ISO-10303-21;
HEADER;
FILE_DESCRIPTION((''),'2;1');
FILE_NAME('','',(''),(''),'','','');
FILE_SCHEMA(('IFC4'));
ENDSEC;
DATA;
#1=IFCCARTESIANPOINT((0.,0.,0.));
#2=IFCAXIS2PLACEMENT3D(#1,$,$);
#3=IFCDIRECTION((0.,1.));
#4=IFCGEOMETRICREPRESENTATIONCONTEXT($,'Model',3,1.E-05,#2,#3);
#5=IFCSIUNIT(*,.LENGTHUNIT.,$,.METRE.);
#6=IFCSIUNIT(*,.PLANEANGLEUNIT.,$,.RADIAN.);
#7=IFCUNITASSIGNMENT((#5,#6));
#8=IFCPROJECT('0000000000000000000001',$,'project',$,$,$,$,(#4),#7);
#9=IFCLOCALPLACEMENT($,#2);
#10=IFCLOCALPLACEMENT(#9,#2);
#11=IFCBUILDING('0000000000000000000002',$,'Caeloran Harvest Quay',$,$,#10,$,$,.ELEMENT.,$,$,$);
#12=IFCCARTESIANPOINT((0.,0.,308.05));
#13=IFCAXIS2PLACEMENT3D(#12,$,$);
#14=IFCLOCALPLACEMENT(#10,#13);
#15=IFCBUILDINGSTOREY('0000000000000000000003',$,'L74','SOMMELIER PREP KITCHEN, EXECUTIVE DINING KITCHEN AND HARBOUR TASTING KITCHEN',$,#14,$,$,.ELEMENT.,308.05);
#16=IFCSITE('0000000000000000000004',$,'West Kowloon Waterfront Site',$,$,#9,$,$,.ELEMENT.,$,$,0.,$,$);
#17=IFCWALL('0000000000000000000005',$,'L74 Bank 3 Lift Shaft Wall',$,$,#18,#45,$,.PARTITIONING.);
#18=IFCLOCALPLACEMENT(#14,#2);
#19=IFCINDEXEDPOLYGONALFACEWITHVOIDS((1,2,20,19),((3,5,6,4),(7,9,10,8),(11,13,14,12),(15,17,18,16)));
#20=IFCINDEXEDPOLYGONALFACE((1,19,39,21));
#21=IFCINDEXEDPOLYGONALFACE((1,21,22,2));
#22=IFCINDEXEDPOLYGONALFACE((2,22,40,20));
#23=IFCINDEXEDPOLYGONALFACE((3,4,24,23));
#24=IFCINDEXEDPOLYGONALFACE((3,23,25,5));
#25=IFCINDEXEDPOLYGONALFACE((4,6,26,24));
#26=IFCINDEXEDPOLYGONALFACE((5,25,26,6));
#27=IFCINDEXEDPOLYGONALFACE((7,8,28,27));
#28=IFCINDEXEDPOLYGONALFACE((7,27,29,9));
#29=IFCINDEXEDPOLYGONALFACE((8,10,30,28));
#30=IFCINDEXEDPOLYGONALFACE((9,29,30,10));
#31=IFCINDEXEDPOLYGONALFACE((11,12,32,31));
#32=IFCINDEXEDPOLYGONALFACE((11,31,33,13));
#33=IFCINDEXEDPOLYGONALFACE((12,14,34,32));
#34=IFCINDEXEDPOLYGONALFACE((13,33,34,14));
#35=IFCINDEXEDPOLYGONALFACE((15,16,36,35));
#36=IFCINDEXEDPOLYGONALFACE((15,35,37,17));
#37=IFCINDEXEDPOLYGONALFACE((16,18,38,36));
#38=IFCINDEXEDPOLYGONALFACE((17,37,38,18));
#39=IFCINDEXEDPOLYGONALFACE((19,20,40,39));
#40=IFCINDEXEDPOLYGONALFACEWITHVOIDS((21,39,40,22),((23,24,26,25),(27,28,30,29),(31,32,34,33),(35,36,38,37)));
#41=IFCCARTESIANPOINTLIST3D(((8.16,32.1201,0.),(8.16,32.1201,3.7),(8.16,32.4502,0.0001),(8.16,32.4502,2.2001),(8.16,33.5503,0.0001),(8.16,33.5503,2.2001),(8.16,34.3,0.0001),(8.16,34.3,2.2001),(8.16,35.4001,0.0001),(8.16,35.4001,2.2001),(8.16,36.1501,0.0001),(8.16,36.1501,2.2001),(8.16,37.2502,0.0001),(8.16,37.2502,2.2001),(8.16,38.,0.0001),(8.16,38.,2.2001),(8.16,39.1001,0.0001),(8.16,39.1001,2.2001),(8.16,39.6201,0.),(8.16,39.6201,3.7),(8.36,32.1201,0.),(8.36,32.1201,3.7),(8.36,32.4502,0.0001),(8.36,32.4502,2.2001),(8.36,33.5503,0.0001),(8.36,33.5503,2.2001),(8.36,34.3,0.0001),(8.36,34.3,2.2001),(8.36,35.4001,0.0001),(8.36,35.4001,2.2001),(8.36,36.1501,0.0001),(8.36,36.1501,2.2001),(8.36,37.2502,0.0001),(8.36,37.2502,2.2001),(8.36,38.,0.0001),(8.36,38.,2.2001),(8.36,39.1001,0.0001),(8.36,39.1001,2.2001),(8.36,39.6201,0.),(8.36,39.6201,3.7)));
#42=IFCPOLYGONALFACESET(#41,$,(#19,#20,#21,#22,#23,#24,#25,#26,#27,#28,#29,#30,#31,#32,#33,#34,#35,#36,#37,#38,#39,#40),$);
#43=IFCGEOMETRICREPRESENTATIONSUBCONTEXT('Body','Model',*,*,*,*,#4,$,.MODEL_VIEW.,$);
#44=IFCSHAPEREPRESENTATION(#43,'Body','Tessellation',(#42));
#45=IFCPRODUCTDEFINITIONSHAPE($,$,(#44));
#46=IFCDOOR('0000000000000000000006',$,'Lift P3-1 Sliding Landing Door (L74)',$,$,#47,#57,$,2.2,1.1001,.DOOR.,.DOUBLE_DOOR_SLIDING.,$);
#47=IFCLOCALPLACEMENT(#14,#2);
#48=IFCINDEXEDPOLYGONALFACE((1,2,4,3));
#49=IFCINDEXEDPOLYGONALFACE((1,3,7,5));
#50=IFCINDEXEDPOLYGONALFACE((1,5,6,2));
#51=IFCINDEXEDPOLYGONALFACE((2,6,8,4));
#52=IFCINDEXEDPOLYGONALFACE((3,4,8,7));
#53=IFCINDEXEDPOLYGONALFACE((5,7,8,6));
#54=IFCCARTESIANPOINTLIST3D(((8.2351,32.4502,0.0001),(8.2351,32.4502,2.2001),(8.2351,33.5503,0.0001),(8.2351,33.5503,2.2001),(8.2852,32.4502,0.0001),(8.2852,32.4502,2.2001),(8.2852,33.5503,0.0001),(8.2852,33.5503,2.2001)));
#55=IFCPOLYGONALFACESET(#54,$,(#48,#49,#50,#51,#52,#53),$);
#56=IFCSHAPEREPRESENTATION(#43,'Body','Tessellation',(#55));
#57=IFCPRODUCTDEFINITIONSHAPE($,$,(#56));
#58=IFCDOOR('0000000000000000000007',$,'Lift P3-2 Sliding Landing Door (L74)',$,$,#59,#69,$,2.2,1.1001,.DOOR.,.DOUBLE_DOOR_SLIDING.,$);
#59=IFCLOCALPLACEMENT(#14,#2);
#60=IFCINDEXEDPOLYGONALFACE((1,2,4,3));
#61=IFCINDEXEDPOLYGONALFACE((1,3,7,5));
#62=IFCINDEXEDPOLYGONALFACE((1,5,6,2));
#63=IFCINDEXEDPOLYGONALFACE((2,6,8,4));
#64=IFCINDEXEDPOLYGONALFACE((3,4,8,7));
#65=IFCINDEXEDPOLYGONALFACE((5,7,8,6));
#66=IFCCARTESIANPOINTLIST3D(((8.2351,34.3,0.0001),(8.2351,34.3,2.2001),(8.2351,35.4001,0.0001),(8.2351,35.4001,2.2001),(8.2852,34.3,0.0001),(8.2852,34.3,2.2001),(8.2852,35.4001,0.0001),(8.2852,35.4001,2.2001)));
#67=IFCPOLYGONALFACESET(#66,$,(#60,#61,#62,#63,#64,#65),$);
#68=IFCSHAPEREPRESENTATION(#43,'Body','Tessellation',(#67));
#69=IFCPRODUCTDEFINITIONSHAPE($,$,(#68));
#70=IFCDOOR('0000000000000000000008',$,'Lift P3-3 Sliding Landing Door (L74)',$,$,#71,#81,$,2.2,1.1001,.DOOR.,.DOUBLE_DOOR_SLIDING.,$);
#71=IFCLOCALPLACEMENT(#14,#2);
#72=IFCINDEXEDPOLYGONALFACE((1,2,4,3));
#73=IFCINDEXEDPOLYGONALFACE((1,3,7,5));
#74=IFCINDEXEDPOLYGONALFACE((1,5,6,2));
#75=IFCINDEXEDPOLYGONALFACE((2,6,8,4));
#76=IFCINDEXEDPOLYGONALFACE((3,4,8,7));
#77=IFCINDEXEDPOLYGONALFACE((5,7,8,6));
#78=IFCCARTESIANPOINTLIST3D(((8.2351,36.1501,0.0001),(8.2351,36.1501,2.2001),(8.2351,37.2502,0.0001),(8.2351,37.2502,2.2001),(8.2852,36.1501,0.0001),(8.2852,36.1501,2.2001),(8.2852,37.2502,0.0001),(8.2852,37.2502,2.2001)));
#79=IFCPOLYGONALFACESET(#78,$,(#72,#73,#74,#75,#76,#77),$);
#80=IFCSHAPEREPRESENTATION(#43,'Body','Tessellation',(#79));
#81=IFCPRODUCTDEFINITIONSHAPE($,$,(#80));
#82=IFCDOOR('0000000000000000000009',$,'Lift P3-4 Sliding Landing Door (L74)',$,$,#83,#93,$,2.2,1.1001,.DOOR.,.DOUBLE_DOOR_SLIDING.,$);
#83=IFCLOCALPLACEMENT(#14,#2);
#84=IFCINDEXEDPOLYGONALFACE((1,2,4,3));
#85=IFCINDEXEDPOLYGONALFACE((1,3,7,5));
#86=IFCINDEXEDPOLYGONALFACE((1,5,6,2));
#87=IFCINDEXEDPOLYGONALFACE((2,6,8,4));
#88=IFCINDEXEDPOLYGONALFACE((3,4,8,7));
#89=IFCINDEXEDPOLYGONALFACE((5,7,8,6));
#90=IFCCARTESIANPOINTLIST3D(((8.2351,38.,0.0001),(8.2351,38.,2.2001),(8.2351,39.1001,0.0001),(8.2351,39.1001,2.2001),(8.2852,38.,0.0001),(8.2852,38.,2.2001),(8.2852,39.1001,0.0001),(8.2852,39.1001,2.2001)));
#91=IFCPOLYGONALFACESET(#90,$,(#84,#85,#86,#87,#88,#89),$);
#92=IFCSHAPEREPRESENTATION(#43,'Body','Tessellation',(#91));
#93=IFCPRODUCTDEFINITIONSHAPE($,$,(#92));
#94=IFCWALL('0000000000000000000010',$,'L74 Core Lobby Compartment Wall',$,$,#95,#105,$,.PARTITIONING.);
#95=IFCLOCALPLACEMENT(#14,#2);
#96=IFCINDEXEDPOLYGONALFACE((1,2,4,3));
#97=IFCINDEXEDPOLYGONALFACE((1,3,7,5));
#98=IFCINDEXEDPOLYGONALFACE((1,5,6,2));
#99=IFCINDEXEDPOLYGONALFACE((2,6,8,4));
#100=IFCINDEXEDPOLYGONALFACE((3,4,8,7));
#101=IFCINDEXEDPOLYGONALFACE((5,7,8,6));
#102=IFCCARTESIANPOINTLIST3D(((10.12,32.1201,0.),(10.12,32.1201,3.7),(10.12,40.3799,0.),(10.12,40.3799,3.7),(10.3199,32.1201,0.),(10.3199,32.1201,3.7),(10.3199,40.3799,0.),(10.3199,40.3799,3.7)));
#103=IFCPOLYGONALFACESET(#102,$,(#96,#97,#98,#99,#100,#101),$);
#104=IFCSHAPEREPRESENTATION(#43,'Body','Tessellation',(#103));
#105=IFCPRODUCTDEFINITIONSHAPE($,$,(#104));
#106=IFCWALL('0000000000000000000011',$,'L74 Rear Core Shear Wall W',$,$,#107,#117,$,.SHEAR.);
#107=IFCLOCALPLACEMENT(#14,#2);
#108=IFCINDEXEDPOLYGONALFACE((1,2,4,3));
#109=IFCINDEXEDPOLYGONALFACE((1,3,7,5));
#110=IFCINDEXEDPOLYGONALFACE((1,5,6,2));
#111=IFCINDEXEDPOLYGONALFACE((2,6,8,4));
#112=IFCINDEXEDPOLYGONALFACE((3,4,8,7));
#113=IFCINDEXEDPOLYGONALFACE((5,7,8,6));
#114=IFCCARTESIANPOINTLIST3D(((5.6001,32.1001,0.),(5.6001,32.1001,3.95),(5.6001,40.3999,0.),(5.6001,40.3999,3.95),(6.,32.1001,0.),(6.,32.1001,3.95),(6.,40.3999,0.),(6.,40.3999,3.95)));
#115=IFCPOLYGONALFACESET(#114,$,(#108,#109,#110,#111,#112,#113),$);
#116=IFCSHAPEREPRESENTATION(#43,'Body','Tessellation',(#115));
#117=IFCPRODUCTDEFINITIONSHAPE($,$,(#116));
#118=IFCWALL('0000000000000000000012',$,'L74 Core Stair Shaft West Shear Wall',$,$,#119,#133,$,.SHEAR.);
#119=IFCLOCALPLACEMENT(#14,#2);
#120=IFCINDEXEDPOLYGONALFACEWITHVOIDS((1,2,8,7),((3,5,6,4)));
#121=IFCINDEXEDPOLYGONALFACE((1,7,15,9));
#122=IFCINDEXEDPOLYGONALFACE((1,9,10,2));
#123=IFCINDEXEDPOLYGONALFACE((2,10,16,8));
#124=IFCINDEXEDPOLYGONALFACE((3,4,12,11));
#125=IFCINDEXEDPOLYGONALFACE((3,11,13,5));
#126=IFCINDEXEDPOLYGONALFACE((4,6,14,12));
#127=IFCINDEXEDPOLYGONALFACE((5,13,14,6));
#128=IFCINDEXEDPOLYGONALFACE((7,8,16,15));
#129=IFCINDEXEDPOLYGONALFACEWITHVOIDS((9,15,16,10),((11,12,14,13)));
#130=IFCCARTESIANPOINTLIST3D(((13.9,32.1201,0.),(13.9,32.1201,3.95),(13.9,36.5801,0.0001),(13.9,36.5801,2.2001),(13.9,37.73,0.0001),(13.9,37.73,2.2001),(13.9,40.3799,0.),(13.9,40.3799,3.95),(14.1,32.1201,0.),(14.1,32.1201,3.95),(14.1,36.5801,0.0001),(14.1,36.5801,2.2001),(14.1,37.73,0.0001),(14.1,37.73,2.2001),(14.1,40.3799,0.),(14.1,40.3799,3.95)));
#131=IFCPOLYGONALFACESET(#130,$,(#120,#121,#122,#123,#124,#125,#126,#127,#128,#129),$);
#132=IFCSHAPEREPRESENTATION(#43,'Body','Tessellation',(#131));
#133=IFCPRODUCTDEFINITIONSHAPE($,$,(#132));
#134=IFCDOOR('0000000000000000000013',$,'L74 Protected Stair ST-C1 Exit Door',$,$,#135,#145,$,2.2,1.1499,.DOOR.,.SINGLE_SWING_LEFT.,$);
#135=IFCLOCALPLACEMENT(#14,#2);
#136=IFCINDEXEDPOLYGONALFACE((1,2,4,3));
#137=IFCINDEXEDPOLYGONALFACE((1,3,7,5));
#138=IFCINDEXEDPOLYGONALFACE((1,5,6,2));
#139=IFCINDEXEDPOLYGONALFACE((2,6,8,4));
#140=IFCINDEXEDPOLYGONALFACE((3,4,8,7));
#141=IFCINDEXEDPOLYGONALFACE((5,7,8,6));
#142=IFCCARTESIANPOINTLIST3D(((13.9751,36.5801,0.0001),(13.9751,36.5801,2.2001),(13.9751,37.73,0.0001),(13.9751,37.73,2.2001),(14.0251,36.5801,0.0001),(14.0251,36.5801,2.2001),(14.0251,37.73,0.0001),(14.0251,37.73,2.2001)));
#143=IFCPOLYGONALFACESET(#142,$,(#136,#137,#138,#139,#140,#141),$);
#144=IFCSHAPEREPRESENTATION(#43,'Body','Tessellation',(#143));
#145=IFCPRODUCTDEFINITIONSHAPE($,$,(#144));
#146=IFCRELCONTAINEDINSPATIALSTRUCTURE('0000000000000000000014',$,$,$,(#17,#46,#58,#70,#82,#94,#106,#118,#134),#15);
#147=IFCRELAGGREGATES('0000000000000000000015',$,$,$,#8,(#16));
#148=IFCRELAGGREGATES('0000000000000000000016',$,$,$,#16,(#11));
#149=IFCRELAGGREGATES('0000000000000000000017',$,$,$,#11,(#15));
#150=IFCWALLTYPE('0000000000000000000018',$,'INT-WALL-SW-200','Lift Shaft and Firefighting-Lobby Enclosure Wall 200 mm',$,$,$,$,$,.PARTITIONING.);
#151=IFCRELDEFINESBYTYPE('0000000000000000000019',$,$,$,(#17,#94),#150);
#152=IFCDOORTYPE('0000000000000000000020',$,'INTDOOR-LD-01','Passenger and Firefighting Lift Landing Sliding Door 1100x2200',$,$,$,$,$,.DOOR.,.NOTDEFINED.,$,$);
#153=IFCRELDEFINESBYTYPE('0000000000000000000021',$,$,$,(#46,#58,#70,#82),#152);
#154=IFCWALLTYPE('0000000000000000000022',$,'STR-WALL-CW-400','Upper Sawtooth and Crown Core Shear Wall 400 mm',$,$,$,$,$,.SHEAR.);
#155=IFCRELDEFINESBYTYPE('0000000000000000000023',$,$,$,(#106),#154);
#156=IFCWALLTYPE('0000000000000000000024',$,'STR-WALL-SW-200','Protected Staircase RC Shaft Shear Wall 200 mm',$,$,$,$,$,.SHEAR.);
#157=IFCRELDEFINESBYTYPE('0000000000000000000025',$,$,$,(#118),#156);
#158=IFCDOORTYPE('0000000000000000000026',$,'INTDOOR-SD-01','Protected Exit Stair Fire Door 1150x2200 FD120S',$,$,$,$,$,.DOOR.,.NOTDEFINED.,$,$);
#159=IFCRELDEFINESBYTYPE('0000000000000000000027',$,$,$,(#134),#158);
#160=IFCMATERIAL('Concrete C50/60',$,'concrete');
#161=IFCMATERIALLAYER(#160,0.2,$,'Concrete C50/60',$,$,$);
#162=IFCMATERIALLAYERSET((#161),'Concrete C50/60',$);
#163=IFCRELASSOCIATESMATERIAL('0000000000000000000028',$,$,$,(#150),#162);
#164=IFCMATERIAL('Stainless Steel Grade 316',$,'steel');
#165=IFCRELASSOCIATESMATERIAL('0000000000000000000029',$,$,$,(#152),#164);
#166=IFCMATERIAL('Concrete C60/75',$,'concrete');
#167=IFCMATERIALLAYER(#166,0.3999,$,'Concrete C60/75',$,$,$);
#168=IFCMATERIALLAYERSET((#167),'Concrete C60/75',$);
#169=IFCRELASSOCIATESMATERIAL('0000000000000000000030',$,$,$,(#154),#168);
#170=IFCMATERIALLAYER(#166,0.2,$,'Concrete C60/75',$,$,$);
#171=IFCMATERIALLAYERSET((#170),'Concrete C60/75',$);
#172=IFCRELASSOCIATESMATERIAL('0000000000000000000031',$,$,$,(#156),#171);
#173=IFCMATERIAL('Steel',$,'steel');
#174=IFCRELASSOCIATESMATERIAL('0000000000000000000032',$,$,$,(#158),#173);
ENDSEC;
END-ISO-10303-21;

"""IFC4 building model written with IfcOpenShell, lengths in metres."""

from ifc_helpers import new_model, si_unit, direction, frame, frame_2d, origin, place, context, subcontext, project, spatial, rectangle, extrude, material, layer, layer_set, type_object, element, fill, save


model = new_model("IFC4")

# Units and contexts
model_context = context("Model", 3, precision=1e-05, world=origin(), true_north=direction((0.0, 1.0)))
body_context = subcontext(model_context, "Body", "Model", "MODEL_VIEW")
ifc_project = project(units=[si_unit("LENGTHUNIT", "METRE"), si_unit("PLANEANGLEUNIT", "RADIAN")], contexts=[model_context])

# Site, building, storey
site_placement = place(None, origin())
site = spatial("IfcSite", under=ifc_project, at=site_placement, Name="West Kowloon Waterfront Site", CompositionType="ELEMENT", RefElevation=0.0)
building_placement = place(site_placement, origin())
building = spatial("IfcBuilding", under=site, at=building_placement, Name="Caeloran Harvest Quay", CompositionType="ELEMENT")
storey_placement = place(building_placement, frame((0.0, 0.0, 308.05)))
storey = spatial("IfcBuildingStorey", under=building, at=storey_placement, Name="L74", Description="SOMMELIER PREP KITCHEN, EXECUTIVE DINING KITCHEN AND HARBOUR TASTING KITCHEN", CompositionType="ELEMENT", Elevation=308.05)

# Shared definitions
ifc_material_1 = material(Name="Concrete C60/75", Category="concrete")

# Wall, openings, doors
ifc_material_2 = material(Name="Concrete C50/60", Category="concrete")
ifc_layer_1 = layer(ifc_material_2, 0.2, Name="Concrete C50/60")
ifc_layer_set_1 = layer_set([ifc_layer_1], Name="Concrete C50/60")
wall_type_1 = type_object("IfcWallType", Name="INT-WALL-SW-200", Description="Lift Shaft and Firefighting-Lobby Enclosure Wall 200 mm", PredefinedType="PARTITIONING", material=ifc_layer_set_1)
wall_1_placement = place(storey_placement, frame((8.26, 32.1201, 0.0), z_axis=(0.0, 0.0, 1.0), x_axis=(0.0, 1.0, 0.0)))
wall_1 = element("IfcWall", 1, at=wall_1_placement, inside=storey, type_object=wall_type_1, Name="L74 Bank 3 Lift Shaft Wall", PredefinedType="PARTITIONING", context=body_context, shape_type="SweptSolid", body=[
    extrude(rectangle(XDim=7.5, YDim=0.2, at=frame_2d((3.75, 0.0))), origin(), (0.0, 0.0, 1.0), 3.7),
])
opening_1_placement = place(wall_1_placement, frame((0.3301, 0.0, 0.0)))
opening_1 = element("IfcOpeningElement", 2, at=opening_1_placement, cuts=wall_1, PredefinedType="OPENING", context=body_context, shape_type="SweptSolid", body=[
    extrude(rectangle(XDim=1.1001, YDim=2.2, at=frame_2d((0.55, 1.1001))), frame((0.0, 0.1099, 0.0), z_axis=(0.0, -1.0, 0.0), x_axis=(1.0, 0.0, 0.0)), (0.0, 0.0, 1.0), 0.22),
])
opening_2_placement = place(wall_1_placement, frame((2.1799, 0.0, 0.0)))
opening_2 = element("IfcOpeningElement", 3, at=opening_2_placement, cuts=wall_1, PredefinedType="OPENING", context=body_context, shape_type="SweptSolid", body=[
    extrude(rectangle(XDim=1.1001, YDim=2.2, at=frame_2d((0.55, 1.1001))), frame((0.0, 0.1099, 0.0), z_axis=(0.0, -1.0, 0.0), x_axis=(1.0, 0.0, 0.0)), (0.0, 0.0, 1.0), 0.22),
])
opening_3_placement = place(wall_1_placement, frame((4.03, 0.0, 0.0)))
opening_3 = element("IfcOpeningElement", 4, at=opening_3_placement, cuts=wall_1, PredefinedType="OPENING", context=body_context, shape_type="SweptSolid", body=[
    extrude(rectangle(XDim=1.1001, YDim=2.2, at=frame_2d((0.55, 1.1001))), frame((0.0, 0.1099, 0.0), z_axis=(0.0, -1.0, 0.0), x_axis=(1.0, 0.0, 0.0)), (0.0, 0.0, 1.0), 0.22),
])
opening_4_placement = place(wall_1_placement, frame((5.8799, 0.0, 0.0)))
opening_4 = element("IfcOpeningElement", 5, at=opening_4_placement, cuts=wall_1, PredefinedType="OPENING", context=body_context, shape_type="SweptSolid", body=[
    extrude(rectangle(XDim=1.1001, YDim=2.2, at=frame_2d((0.55, 1.1001))), frame((0.0, 0.1099, 0.0), z_axis=(0.0, -1.0, 0.0), x_axis=(1.0, 0.0, 0.0)), (0.0, 0.0, 1.0), 0.22),
])
ifc_material_3 = material(Name="Stainless Steel Grade 316", Category="steel")
door_type_1 = type_object("IfcDoorType", Name="INTDOOR-LD-01", Description="Passenger and Firefighting Lift Landing Sliding Door 1100x2200", OperationType="NOTDEFINED", PredefinedType="DOOR", material=ifc_material_3)
door_1_placement = place(opening_1_placement, origin())
door_1 = element("IfcDoor", 6, at=door_1_placement, inside=storey, type_object=door_type_1, Name="Lift P3-1 Sliding Landing Door (L74)", OperationType="DOUBLE_DOOR_SLIDING", OverallHeight=2.2, OverallWidth=1.1001, PredefinedType="DOOR", context=body_context, shape_type="SweptSolid", body=[
    extrude(rectangle(XDim=1.1001, YDim=2.2, at=frame_2d((0.55, 1.1001))), frame((0.0, 0.0249, 0.0), z_axis=(0.0, -1.0, 0.0), x_axis=(1.0, 0.0, 0.0)), (0.0, 0.0, 1.0), 0.05),
])
fill(opening_1, door_1)
door_2_placement = place(opening_2_placement, origin())
door_2 = element("IfcDoor", 7, at=door_2_placement, inside=storey, type_object=door_type_1, Name="Lift P3-2 Sliding Landing Door (L74)", OperationType="DOUBLE_DOOR_SLIDING", OverallHeight=2.2, OverallWidth=1.1001, PredefinedType="DOOR", context=body_context, shape_type="SweptSolid", body=[
    extrude(rectangle(XDim=1.1001, YDim=2.2, at=frame_2d((0.55, 1.1001))), frame((0.0, 0.0249, 0.0), z_axis=(0.0, -1.0, 0.0), x_axis=(1.0, 0.0, 0.0)), (0.0, 0.0, 1.0), 0.05),
])
fill(opening_2, door_2)
door_3_placement = place(opening_3_placement, origin())
door_3 = element("IfcDoor", 8, at=door_3_placement, inside=storey, type_object=door_type_1, Name="Lift P3-3 Sliding Landing Door (L74)", OperationType="DOUBLE_DOOR_SLIDING", OverallHeight=2.2, OverallWidth=1.1001, PredefinedType="DOOR", context=body_context, shape_type="SweptSolid", body=[
    extrude(rectangle(XDim=1.1001, YDim=2.2, at=frame_2d((0.55, 1.1001))), frame((0.0, 0.0249, 0.0), z_axis=(0.0, -1.0, 0.0), x_axis=(1.0, 0.0, 0.0)), (0.0, 0.0, 1.0), 0.05),
])
fill(opening_3, door_3)
door_4_placement = place(opening_4_placement, origin())
door_4 = element("IfcDoor", 9, at=door_4_placement, inside=storey, type_object=door_type_1, Name="Lift P3-4 Sliding Landing Door (L74)", OperationType="DOUBLE_DOOR_SLIDING", OverallHeight=2.2, OverallWidth=1.1001, PredefinedType="DOOR", context=body_context, shape_type="SweptSolid", body=[
    extrude(rectangle(XDim=1.1001, YDim=2.2, at=frame_2d((0.55, 1.1001))), frame((0.0, 0.0249, 0.0), z_axis=(0.0, -1.0, 0.0), x_axis=(1.0, 0.0, 0.0)), (0.0, 0.0, 1.0), 0.05),
])
fill(opening_4, door_4)

# Walls
wall_2_placement = place(storey_placement, frame((10.22, 32.1201, 0.0), z_axis=(0.0, 0.0, 1.0), x_axis=(0.0, 1.0, 0.0)))
element("IfcWall", 10, at=wall_2_placement, inside=storey, type_object=wall_type_1, Name="L74 Core Lobby Compartment Wall", PredefinedType="PARTITIONING", context=body_context, shape_type="SweptSolid", body=[
    extrude(rectangle(XDim=8.2598, YDim=0.2, at=frame_2d((4.1299, 0.0))), origin(), (0.0, 0.0, 1.0), 3.7),
])
ifc_layer_2 = layer(ifc_material_1, 0.3999, Name="Concrete C60/75")
ifc_layer_set_2 = layer_set([ifc_layer_2], Name="Concrete C60/75")
wall_type_2 = type_object("IfcWallType", Name="STR-WALL-CW-400", Description="Upper Sawtooth and Crown Core Shear Wall 400 mm", PredefinedType="SHEAR", material=ifc_layer_set_2)
wall_3_placement = place(storey_placement, frame((5.8, 32.1001, 0.0), z_axis=(0.0, 0.0, 1.0), x_axis=(0.0, 1.0, 0.0)))
element("IfcWall", 11, at=wall_3_placement, inside=storey, type_object=wall_type_2, Name="L74 Rear Core Shear Wall W", PredefinedType="SHEAR", context=body_context, shape_type="SweptSolid", body=[
    extrude(rectangle(XDim=8.2998, YDim=0.3999, at=frame_2d((4.1499, 0.0))), origin(), (0.0, 0.0, 1.0), 3.95),
])

# Wall, opening, door
ifc_layer_3 = layer(ifc_material_1, 0.2, Name="Concrete C60/75")
ifc_layer_set_3 = layer_set([ifc_layer_3], Name="Concrete C60/75")
wall_type_3 = type_object("IfcWallType", Name="STR-WALL-SW-200", Description="Protected Staircase RC Shaft Shear Wall 200 mm", PredefinedType="SHEAR", material=ifc_layer_set_3)
wall_4_placement = place(storey_placement, frame((14.0, 32.1201, 0.0), z_axis=(0.0, 0.0, 1.0), x_axis=(0.0, 1.0, 0.0)))
wall_4 = element("IfcWall", 12, at=wall_4_placement, inside=storey, type_object=wall_type_3, Name="L74 Core Stair Shaft West Shear Wall", PredefinedType="SHEAR", context=body_context, shape_type="SweptSolid", body=[
    extrude(rectangle(XDim=8.2598, YDim=0.2, at=frame_2d((4.1299, 0.0))), origin(), (0.0, 0.0, 1.0), 3.95),
])
opening_5_placement = place(wall_4_placement, frame((4.46, 0.0, 0.0)))
opening_5 = element("IfcOpeningElement", 13, at=opening_5_placement, cuts=wall_4, PredefinedType="OPENING", context=body_context, shape_type="SweptSolid", body=[
    extrude(rectangle(XDim=1.1499, YDim=2.2, at=frame_2d((0.575, 1.1001))), frame((0.0, 0.1099, 0.0), z_axis=(0.0, -1.0, 0.0), x_axis=(1.0, 0.0, 0.0)), (0.0, 0.0, 1.0), 0.22),
])
ifc_material_4 = material(Name="Steel", Category="steel")
door_type_2 = type_object("IfcDoorType", Name="INTDOOR-SD-01", Description="Protected Exit Stair Fire Door 1150x2200 FD120S", OperationType="NOTDEFINED", PredefinedType="DOOR", material=ifc_material_4)
door_5_placement = place(opening_5_placement, origin())
door_5 = element("IfcDoor", 14, at=door_5_placement, inside=storey, type_object=door_type_2, Name="L74 Protected Stair ST-C1 Exit Door", OperationType="SINGLE_SWING_LEFT", OverallHeight=2.2, OverallWidth=1.1499, PredefinedType="DOOR", context=body_context, shape_type="SweptSolid", body=[
    extrude(rectangle(XDim=1.1499, YDim=2.2, at=frame_2d((0.575, 1.1001))), frame((0.0, 0.0249, 0.0), z_axis=(0.0, -1.0, 0.0), x_axis=(1.0, 0.0, 0.0)), (0.0, 0.0, 1.0), 0.05),
])
fill(opening_5, door_5)

save(model, "model.ifc")
